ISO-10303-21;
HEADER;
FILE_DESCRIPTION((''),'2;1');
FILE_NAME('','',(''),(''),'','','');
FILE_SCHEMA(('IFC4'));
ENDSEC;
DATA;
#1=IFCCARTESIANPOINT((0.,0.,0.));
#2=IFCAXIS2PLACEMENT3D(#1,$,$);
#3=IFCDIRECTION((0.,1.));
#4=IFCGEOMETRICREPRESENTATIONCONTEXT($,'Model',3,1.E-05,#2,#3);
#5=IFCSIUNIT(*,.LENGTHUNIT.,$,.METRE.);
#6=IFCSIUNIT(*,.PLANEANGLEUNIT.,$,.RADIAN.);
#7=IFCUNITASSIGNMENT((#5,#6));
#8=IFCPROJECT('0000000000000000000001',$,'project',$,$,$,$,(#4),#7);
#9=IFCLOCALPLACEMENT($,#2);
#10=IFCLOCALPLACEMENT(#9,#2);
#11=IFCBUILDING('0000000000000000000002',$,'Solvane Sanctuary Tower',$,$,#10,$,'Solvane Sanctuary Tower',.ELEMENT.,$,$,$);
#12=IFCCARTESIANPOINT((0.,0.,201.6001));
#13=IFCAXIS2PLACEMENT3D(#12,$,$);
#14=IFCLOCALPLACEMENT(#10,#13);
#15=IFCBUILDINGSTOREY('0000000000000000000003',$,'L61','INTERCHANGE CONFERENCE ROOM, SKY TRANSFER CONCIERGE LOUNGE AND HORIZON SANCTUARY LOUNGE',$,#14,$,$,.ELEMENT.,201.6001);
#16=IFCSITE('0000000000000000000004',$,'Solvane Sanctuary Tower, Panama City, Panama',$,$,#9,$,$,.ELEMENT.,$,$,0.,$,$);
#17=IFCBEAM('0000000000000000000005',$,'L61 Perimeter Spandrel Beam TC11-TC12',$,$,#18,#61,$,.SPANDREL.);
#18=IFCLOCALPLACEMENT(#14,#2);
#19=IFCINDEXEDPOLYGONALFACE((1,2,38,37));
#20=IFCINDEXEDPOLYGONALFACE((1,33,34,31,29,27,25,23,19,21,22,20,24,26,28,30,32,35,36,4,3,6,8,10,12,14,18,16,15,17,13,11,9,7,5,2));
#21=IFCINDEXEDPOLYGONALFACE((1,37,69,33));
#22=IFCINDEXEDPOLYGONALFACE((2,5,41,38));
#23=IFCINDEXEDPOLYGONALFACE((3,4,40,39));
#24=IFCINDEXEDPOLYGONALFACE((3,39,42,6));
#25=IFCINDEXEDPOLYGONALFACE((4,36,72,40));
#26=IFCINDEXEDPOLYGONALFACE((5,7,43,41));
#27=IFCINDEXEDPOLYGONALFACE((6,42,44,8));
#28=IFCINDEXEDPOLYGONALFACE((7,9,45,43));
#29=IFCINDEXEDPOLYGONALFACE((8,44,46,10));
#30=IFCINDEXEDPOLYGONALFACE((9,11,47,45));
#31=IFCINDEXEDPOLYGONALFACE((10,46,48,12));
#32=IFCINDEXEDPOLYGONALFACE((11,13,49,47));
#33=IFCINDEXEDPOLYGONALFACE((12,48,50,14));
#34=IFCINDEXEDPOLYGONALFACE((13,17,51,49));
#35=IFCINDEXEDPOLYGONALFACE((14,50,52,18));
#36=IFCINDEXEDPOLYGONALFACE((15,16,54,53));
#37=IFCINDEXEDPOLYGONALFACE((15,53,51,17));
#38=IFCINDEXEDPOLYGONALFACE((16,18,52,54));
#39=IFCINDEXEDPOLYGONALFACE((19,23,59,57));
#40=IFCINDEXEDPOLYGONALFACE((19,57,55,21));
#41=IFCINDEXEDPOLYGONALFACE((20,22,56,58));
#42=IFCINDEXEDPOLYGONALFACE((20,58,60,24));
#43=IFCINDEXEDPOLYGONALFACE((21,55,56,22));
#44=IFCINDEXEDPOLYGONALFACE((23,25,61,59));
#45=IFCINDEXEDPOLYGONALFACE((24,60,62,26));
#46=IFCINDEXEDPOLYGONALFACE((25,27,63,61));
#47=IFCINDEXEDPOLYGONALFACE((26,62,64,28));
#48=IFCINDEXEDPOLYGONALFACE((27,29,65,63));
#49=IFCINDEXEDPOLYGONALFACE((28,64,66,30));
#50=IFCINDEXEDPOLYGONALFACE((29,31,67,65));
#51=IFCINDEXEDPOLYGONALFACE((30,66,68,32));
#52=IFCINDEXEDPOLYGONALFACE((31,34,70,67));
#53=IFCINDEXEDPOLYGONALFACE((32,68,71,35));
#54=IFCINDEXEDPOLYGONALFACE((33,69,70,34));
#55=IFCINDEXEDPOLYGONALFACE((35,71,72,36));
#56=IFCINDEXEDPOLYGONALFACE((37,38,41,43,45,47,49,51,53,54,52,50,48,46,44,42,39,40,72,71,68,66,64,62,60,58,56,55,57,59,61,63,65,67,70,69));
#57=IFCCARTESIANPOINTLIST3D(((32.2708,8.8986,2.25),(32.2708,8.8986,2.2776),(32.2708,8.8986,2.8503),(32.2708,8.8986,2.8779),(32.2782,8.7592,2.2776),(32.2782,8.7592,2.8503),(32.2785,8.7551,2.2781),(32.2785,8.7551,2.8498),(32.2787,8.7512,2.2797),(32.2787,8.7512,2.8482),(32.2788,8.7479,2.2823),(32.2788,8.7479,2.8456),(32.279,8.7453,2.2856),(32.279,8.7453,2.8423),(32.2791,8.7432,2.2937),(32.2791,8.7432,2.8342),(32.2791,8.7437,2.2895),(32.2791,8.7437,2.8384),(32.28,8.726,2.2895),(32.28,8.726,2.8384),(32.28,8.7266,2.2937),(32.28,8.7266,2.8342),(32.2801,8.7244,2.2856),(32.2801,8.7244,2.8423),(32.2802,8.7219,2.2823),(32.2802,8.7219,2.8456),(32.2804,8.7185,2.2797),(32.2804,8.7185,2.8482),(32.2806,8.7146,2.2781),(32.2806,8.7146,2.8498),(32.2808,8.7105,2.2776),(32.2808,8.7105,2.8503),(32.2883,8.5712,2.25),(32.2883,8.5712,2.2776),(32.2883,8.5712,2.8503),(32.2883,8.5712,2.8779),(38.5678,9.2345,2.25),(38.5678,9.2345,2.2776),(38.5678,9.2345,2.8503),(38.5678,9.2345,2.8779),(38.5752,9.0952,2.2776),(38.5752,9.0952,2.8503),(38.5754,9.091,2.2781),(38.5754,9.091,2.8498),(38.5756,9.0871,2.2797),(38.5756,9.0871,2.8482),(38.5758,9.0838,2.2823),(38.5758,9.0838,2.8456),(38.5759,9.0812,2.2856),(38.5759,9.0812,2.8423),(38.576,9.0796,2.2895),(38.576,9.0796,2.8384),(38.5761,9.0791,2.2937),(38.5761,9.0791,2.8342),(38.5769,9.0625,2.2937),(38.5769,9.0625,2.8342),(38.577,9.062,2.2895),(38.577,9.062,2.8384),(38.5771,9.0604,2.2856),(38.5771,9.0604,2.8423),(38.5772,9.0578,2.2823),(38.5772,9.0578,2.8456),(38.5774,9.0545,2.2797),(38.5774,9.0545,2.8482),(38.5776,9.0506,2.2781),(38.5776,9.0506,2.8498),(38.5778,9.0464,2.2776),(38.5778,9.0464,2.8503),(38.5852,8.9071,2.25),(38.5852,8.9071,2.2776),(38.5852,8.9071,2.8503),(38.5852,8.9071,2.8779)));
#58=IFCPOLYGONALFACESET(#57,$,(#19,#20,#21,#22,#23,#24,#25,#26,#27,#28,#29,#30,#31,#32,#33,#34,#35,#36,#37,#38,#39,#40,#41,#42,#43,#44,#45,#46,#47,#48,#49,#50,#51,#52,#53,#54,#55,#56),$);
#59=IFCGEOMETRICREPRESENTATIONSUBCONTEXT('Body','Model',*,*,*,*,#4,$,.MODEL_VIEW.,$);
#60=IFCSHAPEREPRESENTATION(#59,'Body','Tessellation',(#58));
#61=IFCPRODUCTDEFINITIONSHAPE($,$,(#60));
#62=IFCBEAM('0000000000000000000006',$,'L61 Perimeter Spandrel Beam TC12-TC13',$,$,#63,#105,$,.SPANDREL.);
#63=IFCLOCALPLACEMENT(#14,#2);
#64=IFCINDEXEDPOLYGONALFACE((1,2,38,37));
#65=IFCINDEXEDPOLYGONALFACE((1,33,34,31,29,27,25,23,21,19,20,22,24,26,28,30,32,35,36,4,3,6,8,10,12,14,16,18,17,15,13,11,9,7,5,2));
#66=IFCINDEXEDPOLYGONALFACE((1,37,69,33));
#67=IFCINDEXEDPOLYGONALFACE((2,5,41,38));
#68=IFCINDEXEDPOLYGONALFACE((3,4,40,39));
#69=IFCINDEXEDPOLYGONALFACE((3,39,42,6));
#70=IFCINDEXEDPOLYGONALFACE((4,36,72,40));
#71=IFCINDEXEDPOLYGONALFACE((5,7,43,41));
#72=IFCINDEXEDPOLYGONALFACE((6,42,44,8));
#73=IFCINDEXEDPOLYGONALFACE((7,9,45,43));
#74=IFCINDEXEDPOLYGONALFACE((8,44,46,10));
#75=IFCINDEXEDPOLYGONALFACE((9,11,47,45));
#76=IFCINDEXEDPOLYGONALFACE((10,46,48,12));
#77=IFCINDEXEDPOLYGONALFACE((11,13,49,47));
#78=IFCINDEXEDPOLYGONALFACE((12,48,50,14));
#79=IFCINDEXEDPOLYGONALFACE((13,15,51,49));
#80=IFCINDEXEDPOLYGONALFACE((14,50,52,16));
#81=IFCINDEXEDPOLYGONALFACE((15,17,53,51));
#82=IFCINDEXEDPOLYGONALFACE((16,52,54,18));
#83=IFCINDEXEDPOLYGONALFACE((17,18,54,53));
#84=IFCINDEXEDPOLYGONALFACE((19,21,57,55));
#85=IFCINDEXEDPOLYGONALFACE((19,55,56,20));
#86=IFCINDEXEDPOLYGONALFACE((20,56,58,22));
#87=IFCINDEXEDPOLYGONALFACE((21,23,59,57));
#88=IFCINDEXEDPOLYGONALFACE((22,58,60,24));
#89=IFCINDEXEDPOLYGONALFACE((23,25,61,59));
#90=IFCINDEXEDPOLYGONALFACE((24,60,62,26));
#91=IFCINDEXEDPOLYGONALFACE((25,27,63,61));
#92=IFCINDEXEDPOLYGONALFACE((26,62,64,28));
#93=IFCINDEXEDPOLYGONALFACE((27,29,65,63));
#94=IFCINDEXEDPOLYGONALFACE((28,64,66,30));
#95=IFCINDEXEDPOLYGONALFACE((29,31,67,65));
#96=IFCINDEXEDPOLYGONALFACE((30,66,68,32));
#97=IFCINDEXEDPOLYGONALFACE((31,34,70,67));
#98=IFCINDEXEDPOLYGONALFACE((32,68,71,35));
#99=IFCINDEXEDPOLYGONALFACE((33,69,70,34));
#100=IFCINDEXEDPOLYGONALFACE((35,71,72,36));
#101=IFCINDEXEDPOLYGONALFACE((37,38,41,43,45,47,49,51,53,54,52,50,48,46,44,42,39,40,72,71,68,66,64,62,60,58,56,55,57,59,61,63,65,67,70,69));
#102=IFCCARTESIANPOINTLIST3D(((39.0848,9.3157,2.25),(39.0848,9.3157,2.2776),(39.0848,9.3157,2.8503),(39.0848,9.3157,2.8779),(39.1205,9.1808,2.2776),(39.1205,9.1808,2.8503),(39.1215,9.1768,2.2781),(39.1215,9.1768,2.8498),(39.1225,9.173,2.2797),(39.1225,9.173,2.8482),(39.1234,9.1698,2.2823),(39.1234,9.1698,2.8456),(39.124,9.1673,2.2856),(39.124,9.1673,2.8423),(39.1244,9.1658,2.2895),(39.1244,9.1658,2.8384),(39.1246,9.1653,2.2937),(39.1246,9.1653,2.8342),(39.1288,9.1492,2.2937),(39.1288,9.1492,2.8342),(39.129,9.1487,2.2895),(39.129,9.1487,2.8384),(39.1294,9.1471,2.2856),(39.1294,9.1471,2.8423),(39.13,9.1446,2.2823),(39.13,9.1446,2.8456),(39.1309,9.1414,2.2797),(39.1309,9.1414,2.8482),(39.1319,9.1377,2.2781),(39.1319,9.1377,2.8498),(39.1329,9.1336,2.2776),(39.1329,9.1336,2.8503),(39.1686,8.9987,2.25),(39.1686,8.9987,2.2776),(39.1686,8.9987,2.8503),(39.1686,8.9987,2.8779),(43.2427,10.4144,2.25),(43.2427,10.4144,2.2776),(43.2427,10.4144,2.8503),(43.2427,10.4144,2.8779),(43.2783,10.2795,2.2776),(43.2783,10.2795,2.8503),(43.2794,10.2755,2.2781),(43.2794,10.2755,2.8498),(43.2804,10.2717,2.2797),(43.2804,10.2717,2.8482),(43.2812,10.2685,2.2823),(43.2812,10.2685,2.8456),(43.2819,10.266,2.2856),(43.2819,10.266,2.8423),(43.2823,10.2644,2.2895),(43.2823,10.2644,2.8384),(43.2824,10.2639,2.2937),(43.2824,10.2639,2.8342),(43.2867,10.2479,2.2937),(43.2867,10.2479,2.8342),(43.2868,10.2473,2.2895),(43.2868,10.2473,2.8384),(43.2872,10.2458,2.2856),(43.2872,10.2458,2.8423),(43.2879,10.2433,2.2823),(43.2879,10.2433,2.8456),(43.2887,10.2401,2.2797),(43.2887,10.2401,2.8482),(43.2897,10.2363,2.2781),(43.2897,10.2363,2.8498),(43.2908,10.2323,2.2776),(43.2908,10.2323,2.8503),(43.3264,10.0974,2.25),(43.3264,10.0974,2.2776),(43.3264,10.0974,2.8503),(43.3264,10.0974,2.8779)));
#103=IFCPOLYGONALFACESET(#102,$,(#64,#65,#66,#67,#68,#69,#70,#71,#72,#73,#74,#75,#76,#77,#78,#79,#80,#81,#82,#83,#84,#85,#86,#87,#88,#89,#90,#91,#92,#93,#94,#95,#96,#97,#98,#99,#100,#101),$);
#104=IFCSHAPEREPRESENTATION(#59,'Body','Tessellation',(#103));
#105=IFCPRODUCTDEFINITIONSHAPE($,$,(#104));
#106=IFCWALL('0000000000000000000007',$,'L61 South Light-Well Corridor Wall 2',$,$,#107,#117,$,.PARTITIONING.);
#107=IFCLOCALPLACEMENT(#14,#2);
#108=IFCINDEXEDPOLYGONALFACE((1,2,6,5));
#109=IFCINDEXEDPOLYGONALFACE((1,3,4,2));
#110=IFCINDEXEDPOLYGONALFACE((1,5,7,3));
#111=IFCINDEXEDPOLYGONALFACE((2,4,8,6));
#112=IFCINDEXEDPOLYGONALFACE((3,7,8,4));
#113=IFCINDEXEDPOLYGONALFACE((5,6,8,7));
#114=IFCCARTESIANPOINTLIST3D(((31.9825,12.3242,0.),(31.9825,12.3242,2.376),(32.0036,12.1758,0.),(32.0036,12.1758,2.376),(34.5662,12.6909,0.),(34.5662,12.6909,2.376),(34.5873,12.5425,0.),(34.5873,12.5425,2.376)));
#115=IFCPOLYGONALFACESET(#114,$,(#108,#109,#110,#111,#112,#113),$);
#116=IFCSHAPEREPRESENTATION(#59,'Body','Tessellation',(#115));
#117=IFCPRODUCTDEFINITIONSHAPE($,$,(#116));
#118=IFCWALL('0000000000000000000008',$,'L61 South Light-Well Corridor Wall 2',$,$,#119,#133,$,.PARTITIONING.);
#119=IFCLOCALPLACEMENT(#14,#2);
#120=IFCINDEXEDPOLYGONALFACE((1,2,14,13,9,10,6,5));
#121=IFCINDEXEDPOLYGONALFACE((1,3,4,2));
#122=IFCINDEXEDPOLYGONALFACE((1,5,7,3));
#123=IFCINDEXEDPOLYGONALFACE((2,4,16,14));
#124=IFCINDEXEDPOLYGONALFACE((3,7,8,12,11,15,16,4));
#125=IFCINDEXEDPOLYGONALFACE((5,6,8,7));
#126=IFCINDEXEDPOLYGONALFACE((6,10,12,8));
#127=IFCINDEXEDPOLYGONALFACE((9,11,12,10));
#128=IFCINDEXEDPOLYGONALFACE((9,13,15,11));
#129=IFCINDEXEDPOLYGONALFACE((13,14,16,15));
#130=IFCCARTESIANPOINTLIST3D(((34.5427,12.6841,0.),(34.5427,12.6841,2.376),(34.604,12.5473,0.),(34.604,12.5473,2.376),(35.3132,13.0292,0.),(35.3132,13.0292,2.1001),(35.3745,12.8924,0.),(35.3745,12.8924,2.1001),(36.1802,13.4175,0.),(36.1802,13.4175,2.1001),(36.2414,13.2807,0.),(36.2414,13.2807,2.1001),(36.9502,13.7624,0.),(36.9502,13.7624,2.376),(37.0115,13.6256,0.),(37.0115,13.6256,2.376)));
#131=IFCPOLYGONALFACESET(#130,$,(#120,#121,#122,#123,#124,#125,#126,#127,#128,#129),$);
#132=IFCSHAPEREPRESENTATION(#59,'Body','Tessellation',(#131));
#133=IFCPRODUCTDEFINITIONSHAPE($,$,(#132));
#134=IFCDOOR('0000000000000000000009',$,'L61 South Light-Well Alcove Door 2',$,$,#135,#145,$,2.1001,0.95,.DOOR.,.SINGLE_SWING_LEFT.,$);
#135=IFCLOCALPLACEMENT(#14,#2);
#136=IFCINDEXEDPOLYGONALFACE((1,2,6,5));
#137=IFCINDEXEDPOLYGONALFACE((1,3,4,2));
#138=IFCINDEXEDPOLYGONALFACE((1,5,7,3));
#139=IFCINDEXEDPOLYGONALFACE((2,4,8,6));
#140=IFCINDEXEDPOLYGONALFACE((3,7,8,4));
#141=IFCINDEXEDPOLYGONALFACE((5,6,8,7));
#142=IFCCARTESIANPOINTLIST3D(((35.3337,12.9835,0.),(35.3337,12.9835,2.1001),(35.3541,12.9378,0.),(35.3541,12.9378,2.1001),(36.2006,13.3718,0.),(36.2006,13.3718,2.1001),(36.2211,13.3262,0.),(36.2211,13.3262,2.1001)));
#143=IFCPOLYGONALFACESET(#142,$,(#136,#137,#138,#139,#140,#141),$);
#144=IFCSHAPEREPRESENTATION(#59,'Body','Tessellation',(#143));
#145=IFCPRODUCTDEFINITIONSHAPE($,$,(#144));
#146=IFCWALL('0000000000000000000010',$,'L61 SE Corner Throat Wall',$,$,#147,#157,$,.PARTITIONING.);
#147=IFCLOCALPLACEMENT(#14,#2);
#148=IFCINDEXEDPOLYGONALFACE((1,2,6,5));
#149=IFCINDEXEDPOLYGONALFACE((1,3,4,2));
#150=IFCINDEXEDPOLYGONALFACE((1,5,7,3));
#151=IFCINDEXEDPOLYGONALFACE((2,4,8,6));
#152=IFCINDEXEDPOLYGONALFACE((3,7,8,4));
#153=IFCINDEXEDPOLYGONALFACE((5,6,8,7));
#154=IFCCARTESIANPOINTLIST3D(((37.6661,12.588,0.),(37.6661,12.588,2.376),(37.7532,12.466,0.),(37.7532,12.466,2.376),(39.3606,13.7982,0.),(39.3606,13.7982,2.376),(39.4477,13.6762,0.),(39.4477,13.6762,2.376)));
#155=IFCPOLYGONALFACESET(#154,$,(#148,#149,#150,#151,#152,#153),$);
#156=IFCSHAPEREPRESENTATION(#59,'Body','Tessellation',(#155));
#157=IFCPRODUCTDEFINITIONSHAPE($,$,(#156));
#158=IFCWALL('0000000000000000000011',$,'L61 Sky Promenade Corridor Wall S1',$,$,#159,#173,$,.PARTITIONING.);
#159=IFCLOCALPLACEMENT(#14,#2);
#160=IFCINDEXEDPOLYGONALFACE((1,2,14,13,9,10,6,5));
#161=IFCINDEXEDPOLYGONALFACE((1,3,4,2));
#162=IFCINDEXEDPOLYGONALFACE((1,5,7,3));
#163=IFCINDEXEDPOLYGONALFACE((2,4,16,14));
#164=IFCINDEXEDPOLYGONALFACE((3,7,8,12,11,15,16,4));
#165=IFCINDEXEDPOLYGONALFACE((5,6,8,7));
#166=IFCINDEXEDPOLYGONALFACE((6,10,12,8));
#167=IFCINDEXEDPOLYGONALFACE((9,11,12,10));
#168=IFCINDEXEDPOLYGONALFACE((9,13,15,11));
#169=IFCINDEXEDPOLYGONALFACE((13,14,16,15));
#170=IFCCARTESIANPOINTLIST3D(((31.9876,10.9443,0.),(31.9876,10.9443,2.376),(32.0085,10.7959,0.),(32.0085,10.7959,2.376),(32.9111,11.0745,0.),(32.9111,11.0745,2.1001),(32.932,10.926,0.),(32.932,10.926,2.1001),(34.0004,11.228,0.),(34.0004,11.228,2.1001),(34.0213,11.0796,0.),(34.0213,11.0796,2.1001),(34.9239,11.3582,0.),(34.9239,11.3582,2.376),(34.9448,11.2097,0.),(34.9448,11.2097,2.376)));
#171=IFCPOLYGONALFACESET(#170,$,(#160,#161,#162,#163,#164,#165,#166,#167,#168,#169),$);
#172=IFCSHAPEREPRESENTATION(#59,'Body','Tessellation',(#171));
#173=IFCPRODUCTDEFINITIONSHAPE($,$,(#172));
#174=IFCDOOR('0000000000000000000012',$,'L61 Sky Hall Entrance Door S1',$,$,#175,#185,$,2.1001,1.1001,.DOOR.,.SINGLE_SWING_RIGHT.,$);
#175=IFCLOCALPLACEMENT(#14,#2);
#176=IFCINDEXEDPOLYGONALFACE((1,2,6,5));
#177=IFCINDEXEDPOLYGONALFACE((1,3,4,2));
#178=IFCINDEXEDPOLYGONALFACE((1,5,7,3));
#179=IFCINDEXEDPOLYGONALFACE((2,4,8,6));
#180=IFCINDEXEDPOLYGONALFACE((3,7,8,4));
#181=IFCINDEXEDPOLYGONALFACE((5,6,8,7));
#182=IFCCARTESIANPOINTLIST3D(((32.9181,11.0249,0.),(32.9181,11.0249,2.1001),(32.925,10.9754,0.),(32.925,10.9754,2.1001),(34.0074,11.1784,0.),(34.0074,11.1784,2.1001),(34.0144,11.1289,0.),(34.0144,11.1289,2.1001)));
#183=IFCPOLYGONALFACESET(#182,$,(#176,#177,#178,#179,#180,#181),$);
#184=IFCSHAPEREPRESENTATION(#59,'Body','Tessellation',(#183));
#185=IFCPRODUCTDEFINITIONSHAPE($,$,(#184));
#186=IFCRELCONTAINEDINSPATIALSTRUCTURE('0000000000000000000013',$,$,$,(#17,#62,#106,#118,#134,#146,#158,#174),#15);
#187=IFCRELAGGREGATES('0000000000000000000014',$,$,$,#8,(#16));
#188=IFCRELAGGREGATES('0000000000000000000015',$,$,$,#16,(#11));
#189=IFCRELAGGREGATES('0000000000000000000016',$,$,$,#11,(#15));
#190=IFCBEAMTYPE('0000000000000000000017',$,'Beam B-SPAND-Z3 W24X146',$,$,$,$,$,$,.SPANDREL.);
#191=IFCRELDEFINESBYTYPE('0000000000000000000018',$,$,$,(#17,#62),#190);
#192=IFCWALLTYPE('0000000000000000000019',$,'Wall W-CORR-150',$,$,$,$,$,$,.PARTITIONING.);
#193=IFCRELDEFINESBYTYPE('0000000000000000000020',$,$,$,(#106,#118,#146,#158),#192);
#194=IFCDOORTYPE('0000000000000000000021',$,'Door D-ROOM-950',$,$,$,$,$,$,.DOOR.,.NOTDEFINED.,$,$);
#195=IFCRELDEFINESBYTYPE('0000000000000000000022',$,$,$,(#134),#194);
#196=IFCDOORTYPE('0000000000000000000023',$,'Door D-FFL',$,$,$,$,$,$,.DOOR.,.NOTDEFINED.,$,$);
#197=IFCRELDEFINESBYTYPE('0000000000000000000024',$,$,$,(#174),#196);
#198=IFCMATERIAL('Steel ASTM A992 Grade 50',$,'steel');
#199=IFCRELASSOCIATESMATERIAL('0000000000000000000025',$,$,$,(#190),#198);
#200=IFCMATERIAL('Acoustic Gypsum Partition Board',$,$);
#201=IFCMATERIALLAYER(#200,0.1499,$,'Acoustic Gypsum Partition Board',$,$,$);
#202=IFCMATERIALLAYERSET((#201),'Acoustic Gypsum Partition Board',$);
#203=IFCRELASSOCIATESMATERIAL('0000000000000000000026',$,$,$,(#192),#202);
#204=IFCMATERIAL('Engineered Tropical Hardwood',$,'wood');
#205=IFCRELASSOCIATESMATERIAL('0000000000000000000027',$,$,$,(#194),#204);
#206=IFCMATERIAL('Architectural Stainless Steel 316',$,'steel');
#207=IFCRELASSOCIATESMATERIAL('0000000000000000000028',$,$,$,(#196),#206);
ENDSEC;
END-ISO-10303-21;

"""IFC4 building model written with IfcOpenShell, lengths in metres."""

from ifc_helpers import new_model, si_unit, direction, frame, frame_2d, origin, origin_2d, place, context, subcontext, project, spatial, rectangle, i_section, extrude, material, layer, layer_set, material_profile, profile_set, type_object, element, fill, save


model = new_model("IFC4")

# Units and contexts
model_context = context("Model", 3, precision=1e-05, world=origin(), true_north=direction((0.0, 1.0)))
body_context = subcontext(model_context, "Body", "Model", "MODEL_VIEW")
ifc_project = project(units=[si_unit("LENGTHUNIT", "METRE"), si_unit("PLANEANGLEUNIT", "RADIAN")], contexts=[model_context])

# Site, building, storey
site_placement = place(None, origin())
site = spatial("IfcSite", under=ifc_project, at=site_placement, Name="Solvane Sanctuary Tower, Panama City, Panama", CompositionType="ELEMENT", RefElevation=0.0)
building_placement = place(site_placement, origin())
building = spatial("IfcBuilding", under=site, at=building_placement, Name="Solvane Sanctuary Tower", LongName="Solvane Sanctuary Tower", CompositionType="ELEMENT")
storey_placement = place(building_placement, frame((0.0, 0.0, 201.6001)))
storey = spatial("IfcBuildingStorey", under=building, at=storey_placement, Name="L61", Description="INTERCHANGE CONFERENCE ROOM, SKY TRANSFER CONCIERGE LOUNGE AND HORIZON SANCTUARY LOUNGE", CompositionType="ELEMENT", Elevation=201.6001)

# Beams
ifc_material_1 = material(Name="Steel ASTM A992 Grade 50", Category="steel")
ifc_material_profile_1 = material_profile(ifc_material_1, i_section(OverallWidth=0.3279, OverallDepth=0.6279, WebThickness=0.0166, FlangeThickness=0.0276, FilletRadius=0.0161, at=origin_2d()), Name="W24X146")
ifc_profile_set_1 = profile_set([ifc_material_profile_1], Name="Steel ASTM A992 Grade 50")
beam_type_1 = type_object("IfcBeamType", Name="Beam B-SPAND-Z3 W24X146", PredefinedType="SPANDREL", material=ifc_profile_set_1)
beam_1_placement = place(storey_placement, frame((32.2795, 8.7349, 2.564), z_axis=(0.99858, 0.053274, 0.0), x_axis=(-0.053274, 0.99858, 0.0)))
element("IfcBeam", 1, at=beam_1_placement, inside=storey, type_object=beam_type_1, Name="L61 Perimeter Spandrel Beam TC11-TC12", PredefinedType="SPANDREL", context=body_context, shape_type="SweptSolid", body=[
    extrude(i_section(OverallWidth=0.3279, OverallDepth=0.6279, WebThickness=0.0166, FlangeThickness=0.0276, FilletRadius=0.0161, at=origin_2d()), origin(), (0.0, 0.0, 1.0), 6.3059),
])
beam_2_placement = place(storey_placement, frame((39.1267, 9.1572, 2.564), z_axis=(0.966817, 0.255471, 0.0), x_axis=(-0.255471, 0.966817, 0.0)))
element("IfcBeam", 2, at=beam_2_placement, inside=storey, type_object=beam_type_1, Name="L61 Perimeter Spandrel Beam TC12-TC13", PredefinedType="SPANDREL", context=body_context, shape_type="SweptSolid", body=[
    extrude(i_section(OverallWidth=0.3279, OverallDepth=0.6279, WebThickness=0.0166, FlangeThickness=0.0276, FilletRadius=0.0161, at=origin_2d()), origin(), (0.0, 0.0, 1.0), 4.3005),
])

# Wall
ifc_material_2 = material(Name="Acoustic Gypsum Partition Board")
ifc_layer_1 = layer(ifc_material_2, 0.1499, Name="Acoustic Gypsum Partition Board")
ifc_layer_set_1 = layer_set([ifc_layer_1], Name="Acoustic Gypsum Partition Board")
wall_type_1 = type_object("IfcWallType", Name="Wall W-CORR-150", PredefinedType="PARTITIONING", material=ifc_layer_set_1)
wall_1_placement = place(storey_placement, frame((31.9932, 12.25, 0.0), z_axis=(0.0, 0.0, 1.0), x_axis=(0.990078, 0.140518, 0.0)))
element("IfcWall", 3, at=wall_1_placement, inside=storey, type_object=wall_type_1, Name="L61 South Light-Well Corridor Wall 2", PredefinedType="PARTITIONING", context=body_context, shape_type="SweptSolid", body=[
    extrude(rectangle(XDim=2.6096, YDim=0.1499, at=frame_2d((1.3047, 0.0))), origin(), (0.0, 0.0, 1.0), 2.376),
])

# Wall, opening, door
wall_2_placement = place(storey_placement, frame((34.5735, 12.6157, 0.0), z_axis=(0.0, 0.0, 1.0), x_axis=(0.912628, 0.40879, 0.0)))
wall_2 = element("IfcWall", 4, at=wall_2_placement, inside=storey, type_object=wall_type_1, Name="L61 South Light-Well Corridor Wall 2", PredefinedType="PARTITIONING", context=body_context, shape_type="SweptSolid", body=[
    extrude(rectangle(XDim=2.6379, YDim=0.1499, at=frame_2d((1.3188, 0.0))), origin(), (0.0, 0.0, 1.0), 2.376),
])
opening_1_placement = place(wall_2_placement, frame((0.844, 0.0, 0.0)))
opening_1 = element("IfcOpeningElement", 5, at=opening_1_placement, cuts=wall_2, PredefinedType="OPENING", context=body_context, shape_type="SweptSolid", body=[
    extrude(rectangle(XDim=0.95, YDim=2.1001, at=frame_2d((0.4751, 1.05))), frame((0.0, 0.085, 0.0), z_axis=(0.0, -1.0, 0.0), x_axis=(1.0, 0.0, 0.0)), (0.0, 0.0, 1.0), 0.1699),
])
ifc_material_3 = material(Name="Engineered Tropical Hardwood", Category="wood")
door_type_1 = type_object("IfcDoorType", Name="Door D-ROOM-950", OperationType="NOTDEFINED", PredefinedType="DOOR", material=ifc_material_3)
door_1_placement = place(opening_1_placement, origin())
door_1 = element("IfcDoor", 6, at=door_1_placement, inside=storey, type_object=door_type_1, Name="L61 South Light-Well Alcove Door 2", OperationType="SINGLE_SWING_LEFT", OverallHeight=2.1001, OverallWidth=0.95, PredefinedType="DOOR", context=body_context, shape_type="SweptSolid", body=[
    extrude(rectangle(XDim=0.95, YDim=2.1001, at=frame_2d((0.4751, 1.05))), frame((0.0, 0.0249, 0.0), z_axis=(0.0, -1.0, 0.0), x_axis=(1.0, 0.0, 0.0)), (0.0, 0.0, 1.0), 0.05),
])
fill(opening_1, door_1)

# Wall
wall_3_placement = place(storey_placement, frame((37.7097, 12.5271, 0.0), z_axis=(0.0, 0.0, 1.0), x_axis=(0.813781, 0.581172, 0.0)))
element("IfcWall", 7, at=wall_3_placement, inside=storey, type_object=wall_type_1, Name="L61 SE Corner Throat Wall", PredefinedType="PARTITIONING", context=body_context, shape_type="SweptSolid", body=[
    extrude(rectangle(XDim=2.0823, YDim=0.1499, at=frame_2d((1.041, 0.0))), origin(), (0.0, 0.0, 1.0), 2.376),
])

# Wall, opening, door
wall_4_placement = place(storey_placement, frame((31.998, 10.8701, 0.0), z_axis=(0.0, 0.0, 1.0), x_axis=(0.990214, 0.139554, 0.0)))
wall_4 = element("IfcWall", 8, at=wall_4_placement, inside=storey, type_object=wall_type_1, Name="L61 Sky Promenade Corridor Wall S1", PredefinedType="PARTITIONING", context=body_context, shape_type="SweptSolid", body=[
    extrude(rectangle(XDim=2.9653, YDim=0.1499, at=frame_2d((1.4827, 0.0))), origin(), (0.0, 0.0, 1.0), 2.376),
])
opening_2_placement = place(wall_4_placement, frame((0.9326, 0.0, 0.0)))
opening_2 = element("IfcOpeningElement", 9, at=opening_2_placement, cuts=wall_4, PredefinedType="OPENING", context=body_context, shape_type="SweptSolid", body=[
    extrude(rectangle(XDim=1.1001, YDim=2.1001, at=frame_2d((0.55, 1.05))), frame((0.0, 0.085, 0.0), z_axis=(0.0, -1.0, 0.0), x_axis=(1.0, 0.0, 0.0)), (0.0, 0.0, 1.0), 0.1699),
])
ifc_material_4 = material(Name="Architectural Stainless Steel 316", Category="steel")
door_type_2 = type_object("IfcDoorType", Name="Door D-FFL", OperationType="NOTDEFINED", PredefinedType="DOOR", material=ifc_material_4)
door_2_placement = place(opening_2_placement, origin())
door_2 = element("IfcDoor", 10, at=door_2_placement, inside=storey, type_object=door_type_2, Name="L61 Sky Hall Entrance Door S1", OperationType="SINGLE_SWING_RIGHT", OverallHeight=2.1001, OverallWidth=1.1001, PredefinedType="DOOR", context=body_context, shape_type="SweptSolid", body=[
    extrude(rectangle(XDim=1.1001, YDim=2.1001, at=frame_2d((0.55, 1.05))), frame((0.0, 0.0249, 0.0), z_axis=(0.0, -1.0, 0.0), x_axis=(1.0, 0.0, 0.0)), (0.0, 0.0, 1.0), 0.05),
])
fill(opening_2, door_2)

save(model, "model.ifc")
